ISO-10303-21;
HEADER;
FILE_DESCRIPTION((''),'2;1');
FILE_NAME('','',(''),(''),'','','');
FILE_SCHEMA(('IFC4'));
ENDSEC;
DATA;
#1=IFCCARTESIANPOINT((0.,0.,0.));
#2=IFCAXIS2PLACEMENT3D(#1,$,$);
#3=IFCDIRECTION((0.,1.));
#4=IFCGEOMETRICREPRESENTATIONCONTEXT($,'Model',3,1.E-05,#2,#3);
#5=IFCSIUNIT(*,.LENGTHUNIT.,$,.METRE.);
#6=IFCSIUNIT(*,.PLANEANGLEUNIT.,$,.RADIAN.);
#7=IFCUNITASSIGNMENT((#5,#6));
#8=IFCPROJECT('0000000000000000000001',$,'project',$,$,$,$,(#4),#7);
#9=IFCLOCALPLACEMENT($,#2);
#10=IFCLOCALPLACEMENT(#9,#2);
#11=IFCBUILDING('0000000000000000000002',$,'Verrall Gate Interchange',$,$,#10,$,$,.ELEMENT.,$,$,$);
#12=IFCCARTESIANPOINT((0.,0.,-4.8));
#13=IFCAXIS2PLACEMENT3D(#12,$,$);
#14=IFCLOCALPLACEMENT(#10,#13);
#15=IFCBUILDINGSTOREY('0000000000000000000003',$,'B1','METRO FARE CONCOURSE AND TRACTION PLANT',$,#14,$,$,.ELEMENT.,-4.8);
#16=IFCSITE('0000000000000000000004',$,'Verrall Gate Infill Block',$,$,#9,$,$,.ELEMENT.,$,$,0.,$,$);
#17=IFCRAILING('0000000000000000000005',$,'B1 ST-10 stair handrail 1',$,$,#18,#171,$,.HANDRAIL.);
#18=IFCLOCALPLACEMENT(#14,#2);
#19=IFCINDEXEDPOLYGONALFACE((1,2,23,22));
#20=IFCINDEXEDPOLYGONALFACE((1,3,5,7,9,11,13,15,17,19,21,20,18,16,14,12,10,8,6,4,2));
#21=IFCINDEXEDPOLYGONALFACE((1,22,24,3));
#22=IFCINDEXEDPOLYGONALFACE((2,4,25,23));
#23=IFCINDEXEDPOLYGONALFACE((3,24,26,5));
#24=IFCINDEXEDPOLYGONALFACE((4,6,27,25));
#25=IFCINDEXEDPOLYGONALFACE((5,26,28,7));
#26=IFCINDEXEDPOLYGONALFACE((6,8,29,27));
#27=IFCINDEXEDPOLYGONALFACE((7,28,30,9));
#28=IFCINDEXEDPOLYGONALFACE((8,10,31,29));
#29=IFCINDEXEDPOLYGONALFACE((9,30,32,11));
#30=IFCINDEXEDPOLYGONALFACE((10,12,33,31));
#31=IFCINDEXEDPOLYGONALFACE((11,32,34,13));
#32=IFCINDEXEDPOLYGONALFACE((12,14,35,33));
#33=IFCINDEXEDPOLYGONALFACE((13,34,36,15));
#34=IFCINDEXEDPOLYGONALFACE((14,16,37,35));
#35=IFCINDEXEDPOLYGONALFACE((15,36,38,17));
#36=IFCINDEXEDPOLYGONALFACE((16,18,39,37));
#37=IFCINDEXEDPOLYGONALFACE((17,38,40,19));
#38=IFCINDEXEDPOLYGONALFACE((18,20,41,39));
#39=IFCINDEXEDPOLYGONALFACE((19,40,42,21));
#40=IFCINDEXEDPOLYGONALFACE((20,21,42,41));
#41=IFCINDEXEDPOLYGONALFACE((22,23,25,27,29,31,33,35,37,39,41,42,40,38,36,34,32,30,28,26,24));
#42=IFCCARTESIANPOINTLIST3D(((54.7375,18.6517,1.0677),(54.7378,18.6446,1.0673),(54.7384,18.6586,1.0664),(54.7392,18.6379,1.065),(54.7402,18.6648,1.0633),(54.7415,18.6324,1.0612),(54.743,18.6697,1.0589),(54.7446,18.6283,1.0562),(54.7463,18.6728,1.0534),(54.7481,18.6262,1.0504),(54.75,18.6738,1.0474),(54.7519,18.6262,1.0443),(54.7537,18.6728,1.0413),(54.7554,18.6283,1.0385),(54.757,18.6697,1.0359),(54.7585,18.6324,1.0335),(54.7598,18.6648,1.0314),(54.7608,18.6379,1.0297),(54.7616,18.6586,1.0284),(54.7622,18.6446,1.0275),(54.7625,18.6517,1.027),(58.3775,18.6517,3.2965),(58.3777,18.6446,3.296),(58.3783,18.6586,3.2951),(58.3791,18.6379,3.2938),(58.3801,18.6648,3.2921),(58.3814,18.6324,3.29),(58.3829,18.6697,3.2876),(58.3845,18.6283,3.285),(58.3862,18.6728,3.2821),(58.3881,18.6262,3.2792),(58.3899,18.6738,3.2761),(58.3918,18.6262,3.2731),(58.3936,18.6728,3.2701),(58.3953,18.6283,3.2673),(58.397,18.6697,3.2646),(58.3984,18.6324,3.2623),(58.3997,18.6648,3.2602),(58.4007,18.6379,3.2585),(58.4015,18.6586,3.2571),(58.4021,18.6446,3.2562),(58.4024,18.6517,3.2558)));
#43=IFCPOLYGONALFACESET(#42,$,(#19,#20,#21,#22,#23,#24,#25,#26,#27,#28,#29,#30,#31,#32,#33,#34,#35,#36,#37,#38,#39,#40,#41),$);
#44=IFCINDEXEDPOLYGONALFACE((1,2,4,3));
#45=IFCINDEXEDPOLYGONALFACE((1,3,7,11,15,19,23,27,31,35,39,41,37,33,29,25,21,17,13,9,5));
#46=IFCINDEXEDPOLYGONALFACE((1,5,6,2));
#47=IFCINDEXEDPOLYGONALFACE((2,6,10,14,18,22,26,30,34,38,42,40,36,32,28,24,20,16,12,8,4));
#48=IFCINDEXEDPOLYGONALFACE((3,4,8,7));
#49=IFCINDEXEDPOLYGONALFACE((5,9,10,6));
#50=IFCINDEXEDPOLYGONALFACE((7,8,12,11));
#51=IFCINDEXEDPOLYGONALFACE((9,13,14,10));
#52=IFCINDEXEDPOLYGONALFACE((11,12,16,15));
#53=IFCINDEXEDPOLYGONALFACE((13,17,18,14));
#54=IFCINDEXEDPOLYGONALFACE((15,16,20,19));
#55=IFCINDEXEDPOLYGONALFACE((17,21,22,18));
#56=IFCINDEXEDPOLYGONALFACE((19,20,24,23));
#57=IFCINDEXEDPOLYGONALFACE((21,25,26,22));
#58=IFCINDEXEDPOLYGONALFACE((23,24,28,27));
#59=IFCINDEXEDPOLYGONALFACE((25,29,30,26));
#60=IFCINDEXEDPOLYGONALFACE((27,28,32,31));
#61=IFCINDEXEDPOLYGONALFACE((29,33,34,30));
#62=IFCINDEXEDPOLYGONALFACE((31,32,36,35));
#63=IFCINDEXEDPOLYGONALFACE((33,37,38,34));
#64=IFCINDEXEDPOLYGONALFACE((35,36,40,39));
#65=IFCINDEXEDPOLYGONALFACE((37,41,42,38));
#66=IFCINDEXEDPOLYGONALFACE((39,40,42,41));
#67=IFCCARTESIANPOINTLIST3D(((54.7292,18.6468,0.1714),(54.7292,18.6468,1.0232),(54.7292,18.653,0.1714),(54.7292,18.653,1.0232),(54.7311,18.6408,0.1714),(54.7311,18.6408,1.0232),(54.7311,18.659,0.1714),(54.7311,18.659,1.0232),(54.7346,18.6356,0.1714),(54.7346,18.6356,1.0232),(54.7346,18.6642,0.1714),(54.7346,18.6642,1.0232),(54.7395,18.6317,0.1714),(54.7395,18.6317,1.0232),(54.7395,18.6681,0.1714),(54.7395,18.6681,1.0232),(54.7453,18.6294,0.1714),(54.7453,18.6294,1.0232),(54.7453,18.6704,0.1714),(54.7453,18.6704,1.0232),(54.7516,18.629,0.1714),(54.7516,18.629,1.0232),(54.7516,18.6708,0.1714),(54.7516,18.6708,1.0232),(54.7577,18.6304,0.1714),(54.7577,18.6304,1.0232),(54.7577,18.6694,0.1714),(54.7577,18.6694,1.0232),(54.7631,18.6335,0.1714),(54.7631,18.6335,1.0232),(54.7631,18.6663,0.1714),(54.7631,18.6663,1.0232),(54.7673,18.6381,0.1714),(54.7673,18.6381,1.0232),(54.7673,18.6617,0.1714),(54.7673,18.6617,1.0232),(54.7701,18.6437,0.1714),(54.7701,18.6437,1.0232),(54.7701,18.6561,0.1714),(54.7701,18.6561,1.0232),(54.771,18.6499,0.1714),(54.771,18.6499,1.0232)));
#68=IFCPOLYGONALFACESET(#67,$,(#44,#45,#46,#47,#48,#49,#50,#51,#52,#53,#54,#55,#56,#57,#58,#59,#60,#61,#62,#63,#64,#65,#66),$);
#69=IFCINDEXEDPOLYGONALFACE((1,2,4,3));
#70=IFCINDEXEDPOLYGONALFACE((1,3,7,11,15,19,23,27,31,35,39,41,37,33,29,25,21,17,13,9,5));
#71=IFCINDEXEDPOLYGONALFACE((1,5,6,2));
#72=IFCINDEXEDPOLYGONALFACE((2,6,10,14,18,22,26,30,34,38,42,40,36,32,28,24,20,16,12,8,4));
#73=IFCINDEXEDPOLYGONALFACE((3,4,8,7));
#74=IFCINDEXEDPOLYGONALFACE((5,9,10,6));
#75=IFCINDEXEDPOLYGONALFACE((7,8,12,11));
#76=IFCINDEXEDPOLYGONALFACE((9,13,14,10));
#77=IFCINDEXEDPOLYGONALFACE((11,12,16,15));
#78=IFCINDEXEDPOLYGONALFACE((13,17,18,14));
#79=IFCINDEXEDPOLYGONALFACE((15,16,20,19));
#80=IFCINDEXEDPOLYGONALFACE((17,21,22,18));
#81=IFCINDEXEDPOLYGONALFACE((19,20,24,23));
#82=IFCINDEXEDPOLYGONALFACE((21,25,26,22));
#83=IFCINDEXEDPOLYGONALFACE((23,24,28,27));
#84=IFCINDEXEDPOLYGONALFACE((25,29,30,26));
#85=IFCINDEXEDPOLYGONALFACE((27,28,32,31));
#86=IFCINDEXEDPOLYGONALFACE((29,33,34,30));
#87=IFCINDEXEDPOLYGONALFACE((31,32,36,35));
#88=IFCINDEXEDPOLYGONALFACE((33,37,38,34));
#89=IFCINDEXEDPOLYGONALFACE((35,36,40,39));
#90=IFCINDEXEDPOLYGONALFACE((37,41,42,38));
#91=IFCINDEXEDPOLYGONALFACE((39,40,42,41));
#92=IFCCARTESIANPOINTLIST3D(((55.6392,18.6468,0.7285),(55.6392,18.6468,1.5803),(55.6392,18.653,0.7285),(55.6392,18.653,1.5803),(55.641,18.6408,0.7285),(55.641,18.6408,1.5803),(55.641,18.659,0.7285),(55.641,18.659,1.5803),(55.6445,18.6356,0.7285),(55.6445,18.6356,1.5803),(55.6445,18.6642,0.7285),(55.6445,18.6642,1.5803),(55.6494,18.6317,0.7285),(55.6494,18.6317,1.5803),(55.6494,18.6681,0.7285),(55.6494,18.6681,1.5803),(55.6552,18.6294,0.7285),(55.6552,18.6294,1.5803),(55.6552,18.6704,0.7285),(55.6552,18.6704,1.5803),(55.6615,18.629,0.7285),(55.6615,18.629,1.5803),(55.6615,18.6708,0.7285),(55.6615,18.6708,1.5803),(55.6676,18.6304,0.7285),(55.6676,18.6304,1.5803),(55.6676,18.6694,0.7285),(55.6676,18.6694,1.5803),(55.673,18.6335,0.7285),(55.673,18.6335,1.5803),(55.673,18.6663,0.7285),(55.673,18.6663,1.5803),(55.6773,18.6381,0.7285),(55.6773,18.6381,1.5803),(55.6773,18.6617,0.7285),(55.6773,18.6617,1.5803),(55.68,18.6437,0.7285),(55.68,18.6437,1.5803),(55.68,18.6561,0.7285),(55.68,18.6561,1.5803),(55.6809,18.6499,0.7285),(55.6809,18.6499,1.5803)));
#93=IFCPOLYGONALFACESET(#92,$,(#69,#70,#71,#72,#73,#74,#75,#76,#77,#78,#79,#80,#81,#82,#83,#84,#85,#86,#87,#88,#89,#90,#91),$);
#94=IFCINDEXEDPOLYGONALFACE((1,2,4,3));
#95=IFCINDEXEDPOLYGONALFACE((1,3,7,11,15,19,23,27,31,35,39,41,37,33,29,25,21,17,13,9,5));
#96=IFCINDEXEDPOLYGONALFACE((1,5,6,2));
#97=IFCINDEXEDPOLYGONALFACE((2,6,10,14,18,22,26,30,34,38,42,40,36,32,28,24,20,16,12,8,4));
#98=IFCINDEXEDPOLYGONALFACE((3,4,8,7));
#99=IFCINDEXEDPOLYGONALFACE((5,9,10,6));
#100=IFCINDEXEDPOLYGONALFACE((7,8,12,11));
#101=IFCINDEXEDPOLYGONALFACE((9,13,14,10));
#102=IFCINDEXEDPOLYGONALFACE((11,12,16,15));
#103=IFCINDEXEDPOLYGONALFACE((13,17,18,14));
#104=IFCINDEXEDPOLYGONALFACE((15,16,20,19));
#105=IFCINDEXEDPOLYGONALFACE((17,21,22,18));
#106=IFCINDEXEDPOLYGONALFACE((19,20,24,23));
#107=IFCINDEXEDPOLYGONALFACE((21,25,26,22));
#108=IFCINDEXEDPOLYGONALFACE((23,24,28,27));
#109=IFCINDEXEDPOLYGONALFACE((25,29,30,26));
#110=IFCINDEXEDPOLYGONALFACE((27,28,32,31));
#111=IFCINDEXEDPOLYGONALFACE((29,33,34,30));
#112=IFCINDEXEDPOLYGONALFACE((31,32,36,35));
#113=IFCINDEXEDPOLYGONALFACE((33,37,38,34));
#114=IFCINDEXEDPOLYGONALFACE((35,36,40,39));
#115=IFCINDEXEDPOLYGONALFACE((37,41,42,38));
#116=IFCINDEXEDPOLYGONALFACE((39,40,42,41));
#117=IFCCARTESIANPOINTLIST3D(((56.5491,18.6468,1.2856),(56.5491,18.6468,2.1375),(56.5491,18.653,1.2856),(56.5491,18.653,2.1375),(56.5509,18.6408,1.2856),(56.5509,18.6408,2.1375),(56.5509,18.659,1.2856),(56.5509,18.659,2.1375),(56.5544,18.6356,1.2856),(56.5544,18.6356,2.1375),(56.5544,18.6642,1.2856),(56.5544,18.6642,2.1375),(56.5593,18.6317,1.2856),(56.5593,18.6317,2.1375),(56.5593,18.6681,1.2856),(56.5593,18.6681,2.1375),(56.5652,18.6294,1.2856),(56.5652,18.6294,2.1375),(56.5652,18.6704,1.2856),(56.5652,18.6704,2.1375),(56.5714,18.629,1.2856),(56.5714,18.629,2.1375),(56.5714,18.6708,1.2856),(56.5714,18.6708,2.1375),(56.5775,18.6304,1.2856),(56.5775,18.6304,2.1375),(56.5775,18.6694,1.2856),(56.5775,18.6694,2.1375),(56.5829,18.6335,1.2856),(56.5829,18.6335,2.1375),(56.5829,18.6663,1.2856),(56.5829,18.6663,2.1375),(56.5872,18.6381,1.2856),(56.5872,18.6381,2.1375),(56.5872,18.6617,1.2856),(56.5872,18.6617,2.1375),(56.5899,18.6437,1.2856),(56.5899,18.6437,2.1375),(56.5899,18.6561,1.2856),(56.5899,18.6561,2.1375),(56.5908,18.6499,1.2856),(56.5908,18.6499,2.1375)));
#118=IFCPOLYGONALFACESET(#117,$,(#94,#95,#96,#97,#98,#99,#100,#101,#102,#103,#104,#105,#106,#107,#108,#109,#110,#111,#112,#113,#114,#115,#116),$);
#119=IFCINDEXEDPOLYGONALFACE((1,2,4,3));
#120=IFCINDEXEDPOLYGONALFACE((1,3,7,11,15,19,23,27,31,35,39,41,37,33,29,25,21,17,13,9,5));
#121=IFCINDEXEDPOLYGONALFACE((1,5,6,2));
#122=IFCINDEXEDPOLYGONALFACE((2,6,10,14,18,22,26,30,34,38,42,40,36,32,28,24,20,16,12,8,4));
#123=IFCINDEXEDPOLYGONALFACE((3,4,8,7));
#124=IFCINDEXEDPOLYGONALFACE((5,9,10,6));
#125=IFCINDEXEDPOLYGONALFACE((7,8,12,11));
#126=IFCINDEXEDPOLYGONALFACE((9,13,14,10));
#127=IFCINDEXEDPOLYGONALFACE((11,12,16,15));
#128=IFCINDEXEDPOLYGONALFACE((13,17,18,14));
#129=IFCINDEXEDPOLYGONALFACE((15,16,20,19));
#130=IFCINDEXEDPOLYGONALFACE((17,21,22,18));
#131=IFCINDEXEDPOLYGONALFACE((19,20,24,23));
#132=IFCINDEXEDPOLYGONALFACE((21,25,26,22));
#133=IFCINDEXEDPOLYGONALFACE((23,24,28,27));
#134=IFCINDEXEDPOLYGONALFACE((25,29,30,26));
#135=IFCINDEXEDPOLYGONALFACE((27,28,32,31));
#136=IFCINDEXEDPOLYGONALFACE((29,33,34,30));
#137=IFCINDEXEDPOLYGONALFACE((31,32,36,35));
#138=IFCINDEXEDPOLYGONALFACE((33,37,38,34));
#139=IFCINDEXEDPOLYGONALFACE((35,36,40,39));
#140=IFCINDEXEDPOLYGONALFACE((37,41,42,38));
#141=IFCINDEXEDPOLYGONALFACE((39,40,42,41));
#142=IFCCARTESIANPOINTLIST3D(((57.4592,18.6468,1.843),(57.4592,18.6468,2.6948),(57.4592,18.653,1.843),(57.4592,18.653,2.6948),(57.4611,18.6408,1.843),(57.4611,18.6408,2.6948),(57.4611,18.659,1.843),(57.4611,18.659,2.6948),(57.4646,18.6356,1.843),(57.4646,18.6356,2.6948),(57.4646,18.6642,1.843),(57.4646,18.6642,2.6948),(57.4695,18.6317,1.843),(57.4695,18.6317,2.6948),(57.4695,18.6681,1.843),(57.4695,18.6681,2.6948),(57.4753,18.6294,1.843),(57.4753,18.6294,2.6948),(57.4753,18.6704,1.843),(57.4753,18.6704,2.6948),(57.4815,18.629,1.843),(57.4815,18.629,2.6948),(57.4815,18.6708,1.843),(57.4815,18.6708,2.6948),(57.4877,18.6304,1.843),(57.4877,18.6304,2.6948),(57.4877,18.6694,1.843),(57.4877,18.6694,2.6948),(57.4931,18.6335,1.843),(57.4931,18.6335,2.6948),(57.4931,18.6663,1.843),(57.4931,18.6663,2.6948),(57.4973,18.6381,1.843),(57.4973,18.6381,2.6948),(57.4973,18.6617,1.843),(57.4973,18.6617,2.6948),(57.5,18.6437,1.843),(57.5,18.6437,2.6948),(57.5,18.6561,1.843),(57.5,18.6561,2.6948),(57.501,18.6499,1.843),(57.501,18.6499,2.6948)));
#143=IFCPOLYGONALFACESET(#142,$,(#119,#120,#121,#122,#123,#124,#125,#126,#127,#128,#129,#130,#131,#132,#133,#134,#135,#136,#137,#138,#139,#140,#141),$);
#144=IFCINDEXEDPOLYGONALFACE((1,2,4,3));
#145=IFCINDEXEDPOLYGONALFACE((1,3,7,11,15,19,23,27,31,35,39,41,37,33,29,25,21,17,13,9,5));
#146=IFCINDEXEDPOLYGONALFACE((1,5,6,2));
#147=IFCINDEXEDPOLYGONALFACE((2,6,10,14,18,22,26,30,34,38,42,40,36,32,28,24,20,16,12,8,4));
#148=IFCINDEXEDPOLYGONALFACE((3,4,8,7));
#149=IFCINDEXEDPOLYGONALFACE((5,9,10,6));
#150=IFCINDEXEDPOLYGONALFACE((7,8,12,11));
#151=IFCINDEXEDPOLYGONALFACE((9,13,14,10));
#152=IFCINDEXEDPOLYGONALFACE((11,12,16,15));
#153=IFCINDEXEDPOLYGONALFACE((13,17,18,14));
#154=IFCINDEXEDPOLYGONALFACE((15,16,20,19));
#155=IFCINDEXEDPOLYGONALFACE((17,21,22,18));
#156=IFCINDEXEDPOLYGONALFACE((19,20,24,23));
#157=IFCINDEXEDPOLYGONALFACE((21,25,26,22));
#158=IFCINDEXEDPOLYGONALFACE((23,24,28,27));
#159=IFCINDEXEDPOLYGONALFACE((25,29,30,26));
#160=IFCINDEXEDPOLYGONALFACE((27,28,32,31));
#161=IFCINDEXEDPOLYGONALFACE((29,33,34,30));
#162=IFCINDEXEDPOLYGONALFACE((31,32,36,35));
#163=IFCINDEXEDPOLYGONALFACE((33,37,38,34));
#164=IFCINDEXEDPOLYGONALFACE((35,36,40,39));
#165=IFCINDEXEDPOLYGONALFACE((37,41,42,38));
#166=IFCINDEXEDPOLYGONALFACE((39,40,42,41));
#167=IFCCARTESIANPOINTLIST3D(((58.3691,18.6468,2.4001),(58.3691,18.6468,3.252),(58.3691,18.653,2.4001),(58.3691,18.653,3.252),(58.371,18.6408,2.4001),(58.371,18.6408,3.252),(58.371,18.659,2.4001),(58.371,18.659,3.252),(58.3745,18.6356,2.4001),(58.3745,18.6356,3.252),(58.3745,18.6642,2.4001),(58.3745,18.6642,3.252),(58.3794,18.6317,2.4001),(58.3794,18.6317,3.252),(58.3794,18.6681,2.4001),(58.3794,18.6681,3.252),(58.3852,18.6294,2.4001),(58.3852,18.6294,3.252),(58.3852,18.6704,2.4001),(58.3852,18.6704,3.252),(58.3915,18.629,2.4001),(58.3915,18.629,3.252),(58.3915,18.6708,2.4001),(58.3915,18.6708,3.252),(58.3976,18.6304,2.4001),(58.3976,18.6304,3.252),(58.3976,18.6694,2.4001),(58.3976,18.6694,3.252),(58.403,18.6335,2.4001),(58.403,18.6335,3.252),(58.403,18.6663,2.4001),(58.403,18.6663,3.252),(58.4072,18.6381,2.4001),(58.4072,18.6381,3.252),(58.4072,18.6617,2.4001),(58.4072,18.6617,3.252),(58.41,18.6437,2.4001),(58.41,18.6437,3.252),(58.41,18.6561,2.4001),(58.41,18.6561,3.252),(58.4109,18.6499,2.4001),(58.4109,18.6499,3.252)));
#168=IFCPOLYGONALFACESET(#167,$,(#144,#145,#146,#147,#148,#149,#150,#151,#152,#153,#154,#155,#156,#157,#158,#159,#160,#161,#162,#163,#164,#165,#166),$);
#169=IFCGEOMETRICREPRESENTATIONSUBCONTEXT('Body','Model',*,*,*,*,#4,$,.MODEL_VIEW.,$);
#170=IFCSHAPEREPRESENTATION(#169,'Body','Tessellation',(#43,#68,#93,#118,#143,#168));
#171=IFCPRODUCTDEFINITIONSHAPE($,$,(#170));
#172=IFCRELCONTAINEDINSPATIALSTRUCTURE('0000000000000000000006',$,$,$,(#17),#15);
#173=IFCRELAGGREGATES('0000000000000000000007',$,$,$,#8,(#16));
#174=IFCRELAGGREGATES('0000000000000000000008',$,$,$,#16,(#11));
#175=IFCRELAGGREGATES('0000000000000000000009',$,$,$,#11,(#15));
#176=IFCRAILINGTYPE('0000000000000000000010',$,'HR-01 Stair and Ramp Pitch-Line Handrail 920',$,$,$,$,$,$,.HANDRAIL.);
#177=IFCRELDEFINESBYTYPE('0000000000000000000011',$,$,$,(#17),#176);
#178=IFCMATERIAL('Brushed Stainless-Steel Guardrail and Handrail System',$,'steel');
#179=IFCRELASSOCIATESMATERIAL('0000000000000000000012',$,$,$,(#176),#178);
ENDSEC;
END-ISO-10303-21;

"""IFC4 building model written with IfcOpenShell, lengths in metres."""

from ifc_helpers import new_model, si_unit, direction, frame, origin, origin_2d, place, context, subcontext, project, spatial, circle, extrude, material, type_object, element, save


model = new_model("IFC4")

# Units and contexts
model_context = context("Model", 3, precision=1e-05, world=origin(), true_north=direction((0.0, 1.0)))
body_context = subcontext(model_context, "Body", "Model", "MODEL_VIEW")
ifc_project = project(units=[si_unit("LENGTHUNIT", "METRE"), si_unit("PLANEANGLEUNIT", "RADIAN")], contexts=[model_context])

# Site, building, storey
site_placement = place(None, origin())
site = spatial("IfcSite", under=ifc_project, at=site_placement, Name="Verrall Gate Infill Block", CompositionType="ELEMENT", RefElevation=0.0)
building_placement = place(site_placement, origin())
building = spatial("IfcBuilding", under=site, at=building_placement, Name="Verrall Gate Interchange", CompositionType="ELEMENT")
storey_placement = place(building_placement, frame((0.0, 0.0, -4.8)))
storey = spatial("IfcBuildingStorey", under=building, at=storey_placement, Name="B1", Description="METRO FARE CONCOURSE AND TRACTION PLANT", CompositionType="ELEMENT", Elevation=-4.8)

# Railing
ifc_material_1 = material(Name="Brushed Stainless-Steel Guardrail and Handrail System", Category="steel")
railing_type_1 = type_object("IfcRailingType", Name="HR-01 Stair and Ramp Pitch-Line Handrail 920", PredefinedType="HANDRAIL", material=ifc_material_1)
railing_1_placement = place(storey_placement, frame((54.75, 18.6499, 0.1714)))
element("IfcRailing", 1, at=railing_1_placement, inside=storey, type_object=railing_type_1, Name="B1 ST-10 stair handrail 1", PredefinedType="HANDRAIL", context=body_context, shape_type="SweptSolid", body=[
    extrude(circle(Radius=0.0239, at=origin_2d()), frame((0.0, 0.0, 0.876), z_axis=(0.852825, 0.0, 0.522197), x_axis=(0.0, 1.0, 0.0)), (0.0, 0.0, 1.0), 4.2681),
    extrude(circle(Radius=0.021, at=origin_2d()), origin(), (0.0, 0.0, 1.0), 0.8518),
    extrude(circle(Radius=0.021, at=origin_2d()), frame((0.9099, 0.0, 0.5571)), (0.0, 0.0, 1.0), 0.8518),
    extrude(circle(Radius=0.021, at=origin_2d()), frame((1.8198, 0.0, 1.1143)), (0.0, 0.0, 1.0), 0.8518),
    extrude(circle(Radius=0.021, at=origin_2d()), frame((2.73, 0.0, 1.6716)), (0.0, 0.0, 1.0), 0.8518),
    extrude(circle(Radius=0.021, at=origin_2d()), frame((3.6399, 0.0, 2.2288)), (0.0, 0.0, 1.0), 0.8518),
])

save(model, "model.ifc")
